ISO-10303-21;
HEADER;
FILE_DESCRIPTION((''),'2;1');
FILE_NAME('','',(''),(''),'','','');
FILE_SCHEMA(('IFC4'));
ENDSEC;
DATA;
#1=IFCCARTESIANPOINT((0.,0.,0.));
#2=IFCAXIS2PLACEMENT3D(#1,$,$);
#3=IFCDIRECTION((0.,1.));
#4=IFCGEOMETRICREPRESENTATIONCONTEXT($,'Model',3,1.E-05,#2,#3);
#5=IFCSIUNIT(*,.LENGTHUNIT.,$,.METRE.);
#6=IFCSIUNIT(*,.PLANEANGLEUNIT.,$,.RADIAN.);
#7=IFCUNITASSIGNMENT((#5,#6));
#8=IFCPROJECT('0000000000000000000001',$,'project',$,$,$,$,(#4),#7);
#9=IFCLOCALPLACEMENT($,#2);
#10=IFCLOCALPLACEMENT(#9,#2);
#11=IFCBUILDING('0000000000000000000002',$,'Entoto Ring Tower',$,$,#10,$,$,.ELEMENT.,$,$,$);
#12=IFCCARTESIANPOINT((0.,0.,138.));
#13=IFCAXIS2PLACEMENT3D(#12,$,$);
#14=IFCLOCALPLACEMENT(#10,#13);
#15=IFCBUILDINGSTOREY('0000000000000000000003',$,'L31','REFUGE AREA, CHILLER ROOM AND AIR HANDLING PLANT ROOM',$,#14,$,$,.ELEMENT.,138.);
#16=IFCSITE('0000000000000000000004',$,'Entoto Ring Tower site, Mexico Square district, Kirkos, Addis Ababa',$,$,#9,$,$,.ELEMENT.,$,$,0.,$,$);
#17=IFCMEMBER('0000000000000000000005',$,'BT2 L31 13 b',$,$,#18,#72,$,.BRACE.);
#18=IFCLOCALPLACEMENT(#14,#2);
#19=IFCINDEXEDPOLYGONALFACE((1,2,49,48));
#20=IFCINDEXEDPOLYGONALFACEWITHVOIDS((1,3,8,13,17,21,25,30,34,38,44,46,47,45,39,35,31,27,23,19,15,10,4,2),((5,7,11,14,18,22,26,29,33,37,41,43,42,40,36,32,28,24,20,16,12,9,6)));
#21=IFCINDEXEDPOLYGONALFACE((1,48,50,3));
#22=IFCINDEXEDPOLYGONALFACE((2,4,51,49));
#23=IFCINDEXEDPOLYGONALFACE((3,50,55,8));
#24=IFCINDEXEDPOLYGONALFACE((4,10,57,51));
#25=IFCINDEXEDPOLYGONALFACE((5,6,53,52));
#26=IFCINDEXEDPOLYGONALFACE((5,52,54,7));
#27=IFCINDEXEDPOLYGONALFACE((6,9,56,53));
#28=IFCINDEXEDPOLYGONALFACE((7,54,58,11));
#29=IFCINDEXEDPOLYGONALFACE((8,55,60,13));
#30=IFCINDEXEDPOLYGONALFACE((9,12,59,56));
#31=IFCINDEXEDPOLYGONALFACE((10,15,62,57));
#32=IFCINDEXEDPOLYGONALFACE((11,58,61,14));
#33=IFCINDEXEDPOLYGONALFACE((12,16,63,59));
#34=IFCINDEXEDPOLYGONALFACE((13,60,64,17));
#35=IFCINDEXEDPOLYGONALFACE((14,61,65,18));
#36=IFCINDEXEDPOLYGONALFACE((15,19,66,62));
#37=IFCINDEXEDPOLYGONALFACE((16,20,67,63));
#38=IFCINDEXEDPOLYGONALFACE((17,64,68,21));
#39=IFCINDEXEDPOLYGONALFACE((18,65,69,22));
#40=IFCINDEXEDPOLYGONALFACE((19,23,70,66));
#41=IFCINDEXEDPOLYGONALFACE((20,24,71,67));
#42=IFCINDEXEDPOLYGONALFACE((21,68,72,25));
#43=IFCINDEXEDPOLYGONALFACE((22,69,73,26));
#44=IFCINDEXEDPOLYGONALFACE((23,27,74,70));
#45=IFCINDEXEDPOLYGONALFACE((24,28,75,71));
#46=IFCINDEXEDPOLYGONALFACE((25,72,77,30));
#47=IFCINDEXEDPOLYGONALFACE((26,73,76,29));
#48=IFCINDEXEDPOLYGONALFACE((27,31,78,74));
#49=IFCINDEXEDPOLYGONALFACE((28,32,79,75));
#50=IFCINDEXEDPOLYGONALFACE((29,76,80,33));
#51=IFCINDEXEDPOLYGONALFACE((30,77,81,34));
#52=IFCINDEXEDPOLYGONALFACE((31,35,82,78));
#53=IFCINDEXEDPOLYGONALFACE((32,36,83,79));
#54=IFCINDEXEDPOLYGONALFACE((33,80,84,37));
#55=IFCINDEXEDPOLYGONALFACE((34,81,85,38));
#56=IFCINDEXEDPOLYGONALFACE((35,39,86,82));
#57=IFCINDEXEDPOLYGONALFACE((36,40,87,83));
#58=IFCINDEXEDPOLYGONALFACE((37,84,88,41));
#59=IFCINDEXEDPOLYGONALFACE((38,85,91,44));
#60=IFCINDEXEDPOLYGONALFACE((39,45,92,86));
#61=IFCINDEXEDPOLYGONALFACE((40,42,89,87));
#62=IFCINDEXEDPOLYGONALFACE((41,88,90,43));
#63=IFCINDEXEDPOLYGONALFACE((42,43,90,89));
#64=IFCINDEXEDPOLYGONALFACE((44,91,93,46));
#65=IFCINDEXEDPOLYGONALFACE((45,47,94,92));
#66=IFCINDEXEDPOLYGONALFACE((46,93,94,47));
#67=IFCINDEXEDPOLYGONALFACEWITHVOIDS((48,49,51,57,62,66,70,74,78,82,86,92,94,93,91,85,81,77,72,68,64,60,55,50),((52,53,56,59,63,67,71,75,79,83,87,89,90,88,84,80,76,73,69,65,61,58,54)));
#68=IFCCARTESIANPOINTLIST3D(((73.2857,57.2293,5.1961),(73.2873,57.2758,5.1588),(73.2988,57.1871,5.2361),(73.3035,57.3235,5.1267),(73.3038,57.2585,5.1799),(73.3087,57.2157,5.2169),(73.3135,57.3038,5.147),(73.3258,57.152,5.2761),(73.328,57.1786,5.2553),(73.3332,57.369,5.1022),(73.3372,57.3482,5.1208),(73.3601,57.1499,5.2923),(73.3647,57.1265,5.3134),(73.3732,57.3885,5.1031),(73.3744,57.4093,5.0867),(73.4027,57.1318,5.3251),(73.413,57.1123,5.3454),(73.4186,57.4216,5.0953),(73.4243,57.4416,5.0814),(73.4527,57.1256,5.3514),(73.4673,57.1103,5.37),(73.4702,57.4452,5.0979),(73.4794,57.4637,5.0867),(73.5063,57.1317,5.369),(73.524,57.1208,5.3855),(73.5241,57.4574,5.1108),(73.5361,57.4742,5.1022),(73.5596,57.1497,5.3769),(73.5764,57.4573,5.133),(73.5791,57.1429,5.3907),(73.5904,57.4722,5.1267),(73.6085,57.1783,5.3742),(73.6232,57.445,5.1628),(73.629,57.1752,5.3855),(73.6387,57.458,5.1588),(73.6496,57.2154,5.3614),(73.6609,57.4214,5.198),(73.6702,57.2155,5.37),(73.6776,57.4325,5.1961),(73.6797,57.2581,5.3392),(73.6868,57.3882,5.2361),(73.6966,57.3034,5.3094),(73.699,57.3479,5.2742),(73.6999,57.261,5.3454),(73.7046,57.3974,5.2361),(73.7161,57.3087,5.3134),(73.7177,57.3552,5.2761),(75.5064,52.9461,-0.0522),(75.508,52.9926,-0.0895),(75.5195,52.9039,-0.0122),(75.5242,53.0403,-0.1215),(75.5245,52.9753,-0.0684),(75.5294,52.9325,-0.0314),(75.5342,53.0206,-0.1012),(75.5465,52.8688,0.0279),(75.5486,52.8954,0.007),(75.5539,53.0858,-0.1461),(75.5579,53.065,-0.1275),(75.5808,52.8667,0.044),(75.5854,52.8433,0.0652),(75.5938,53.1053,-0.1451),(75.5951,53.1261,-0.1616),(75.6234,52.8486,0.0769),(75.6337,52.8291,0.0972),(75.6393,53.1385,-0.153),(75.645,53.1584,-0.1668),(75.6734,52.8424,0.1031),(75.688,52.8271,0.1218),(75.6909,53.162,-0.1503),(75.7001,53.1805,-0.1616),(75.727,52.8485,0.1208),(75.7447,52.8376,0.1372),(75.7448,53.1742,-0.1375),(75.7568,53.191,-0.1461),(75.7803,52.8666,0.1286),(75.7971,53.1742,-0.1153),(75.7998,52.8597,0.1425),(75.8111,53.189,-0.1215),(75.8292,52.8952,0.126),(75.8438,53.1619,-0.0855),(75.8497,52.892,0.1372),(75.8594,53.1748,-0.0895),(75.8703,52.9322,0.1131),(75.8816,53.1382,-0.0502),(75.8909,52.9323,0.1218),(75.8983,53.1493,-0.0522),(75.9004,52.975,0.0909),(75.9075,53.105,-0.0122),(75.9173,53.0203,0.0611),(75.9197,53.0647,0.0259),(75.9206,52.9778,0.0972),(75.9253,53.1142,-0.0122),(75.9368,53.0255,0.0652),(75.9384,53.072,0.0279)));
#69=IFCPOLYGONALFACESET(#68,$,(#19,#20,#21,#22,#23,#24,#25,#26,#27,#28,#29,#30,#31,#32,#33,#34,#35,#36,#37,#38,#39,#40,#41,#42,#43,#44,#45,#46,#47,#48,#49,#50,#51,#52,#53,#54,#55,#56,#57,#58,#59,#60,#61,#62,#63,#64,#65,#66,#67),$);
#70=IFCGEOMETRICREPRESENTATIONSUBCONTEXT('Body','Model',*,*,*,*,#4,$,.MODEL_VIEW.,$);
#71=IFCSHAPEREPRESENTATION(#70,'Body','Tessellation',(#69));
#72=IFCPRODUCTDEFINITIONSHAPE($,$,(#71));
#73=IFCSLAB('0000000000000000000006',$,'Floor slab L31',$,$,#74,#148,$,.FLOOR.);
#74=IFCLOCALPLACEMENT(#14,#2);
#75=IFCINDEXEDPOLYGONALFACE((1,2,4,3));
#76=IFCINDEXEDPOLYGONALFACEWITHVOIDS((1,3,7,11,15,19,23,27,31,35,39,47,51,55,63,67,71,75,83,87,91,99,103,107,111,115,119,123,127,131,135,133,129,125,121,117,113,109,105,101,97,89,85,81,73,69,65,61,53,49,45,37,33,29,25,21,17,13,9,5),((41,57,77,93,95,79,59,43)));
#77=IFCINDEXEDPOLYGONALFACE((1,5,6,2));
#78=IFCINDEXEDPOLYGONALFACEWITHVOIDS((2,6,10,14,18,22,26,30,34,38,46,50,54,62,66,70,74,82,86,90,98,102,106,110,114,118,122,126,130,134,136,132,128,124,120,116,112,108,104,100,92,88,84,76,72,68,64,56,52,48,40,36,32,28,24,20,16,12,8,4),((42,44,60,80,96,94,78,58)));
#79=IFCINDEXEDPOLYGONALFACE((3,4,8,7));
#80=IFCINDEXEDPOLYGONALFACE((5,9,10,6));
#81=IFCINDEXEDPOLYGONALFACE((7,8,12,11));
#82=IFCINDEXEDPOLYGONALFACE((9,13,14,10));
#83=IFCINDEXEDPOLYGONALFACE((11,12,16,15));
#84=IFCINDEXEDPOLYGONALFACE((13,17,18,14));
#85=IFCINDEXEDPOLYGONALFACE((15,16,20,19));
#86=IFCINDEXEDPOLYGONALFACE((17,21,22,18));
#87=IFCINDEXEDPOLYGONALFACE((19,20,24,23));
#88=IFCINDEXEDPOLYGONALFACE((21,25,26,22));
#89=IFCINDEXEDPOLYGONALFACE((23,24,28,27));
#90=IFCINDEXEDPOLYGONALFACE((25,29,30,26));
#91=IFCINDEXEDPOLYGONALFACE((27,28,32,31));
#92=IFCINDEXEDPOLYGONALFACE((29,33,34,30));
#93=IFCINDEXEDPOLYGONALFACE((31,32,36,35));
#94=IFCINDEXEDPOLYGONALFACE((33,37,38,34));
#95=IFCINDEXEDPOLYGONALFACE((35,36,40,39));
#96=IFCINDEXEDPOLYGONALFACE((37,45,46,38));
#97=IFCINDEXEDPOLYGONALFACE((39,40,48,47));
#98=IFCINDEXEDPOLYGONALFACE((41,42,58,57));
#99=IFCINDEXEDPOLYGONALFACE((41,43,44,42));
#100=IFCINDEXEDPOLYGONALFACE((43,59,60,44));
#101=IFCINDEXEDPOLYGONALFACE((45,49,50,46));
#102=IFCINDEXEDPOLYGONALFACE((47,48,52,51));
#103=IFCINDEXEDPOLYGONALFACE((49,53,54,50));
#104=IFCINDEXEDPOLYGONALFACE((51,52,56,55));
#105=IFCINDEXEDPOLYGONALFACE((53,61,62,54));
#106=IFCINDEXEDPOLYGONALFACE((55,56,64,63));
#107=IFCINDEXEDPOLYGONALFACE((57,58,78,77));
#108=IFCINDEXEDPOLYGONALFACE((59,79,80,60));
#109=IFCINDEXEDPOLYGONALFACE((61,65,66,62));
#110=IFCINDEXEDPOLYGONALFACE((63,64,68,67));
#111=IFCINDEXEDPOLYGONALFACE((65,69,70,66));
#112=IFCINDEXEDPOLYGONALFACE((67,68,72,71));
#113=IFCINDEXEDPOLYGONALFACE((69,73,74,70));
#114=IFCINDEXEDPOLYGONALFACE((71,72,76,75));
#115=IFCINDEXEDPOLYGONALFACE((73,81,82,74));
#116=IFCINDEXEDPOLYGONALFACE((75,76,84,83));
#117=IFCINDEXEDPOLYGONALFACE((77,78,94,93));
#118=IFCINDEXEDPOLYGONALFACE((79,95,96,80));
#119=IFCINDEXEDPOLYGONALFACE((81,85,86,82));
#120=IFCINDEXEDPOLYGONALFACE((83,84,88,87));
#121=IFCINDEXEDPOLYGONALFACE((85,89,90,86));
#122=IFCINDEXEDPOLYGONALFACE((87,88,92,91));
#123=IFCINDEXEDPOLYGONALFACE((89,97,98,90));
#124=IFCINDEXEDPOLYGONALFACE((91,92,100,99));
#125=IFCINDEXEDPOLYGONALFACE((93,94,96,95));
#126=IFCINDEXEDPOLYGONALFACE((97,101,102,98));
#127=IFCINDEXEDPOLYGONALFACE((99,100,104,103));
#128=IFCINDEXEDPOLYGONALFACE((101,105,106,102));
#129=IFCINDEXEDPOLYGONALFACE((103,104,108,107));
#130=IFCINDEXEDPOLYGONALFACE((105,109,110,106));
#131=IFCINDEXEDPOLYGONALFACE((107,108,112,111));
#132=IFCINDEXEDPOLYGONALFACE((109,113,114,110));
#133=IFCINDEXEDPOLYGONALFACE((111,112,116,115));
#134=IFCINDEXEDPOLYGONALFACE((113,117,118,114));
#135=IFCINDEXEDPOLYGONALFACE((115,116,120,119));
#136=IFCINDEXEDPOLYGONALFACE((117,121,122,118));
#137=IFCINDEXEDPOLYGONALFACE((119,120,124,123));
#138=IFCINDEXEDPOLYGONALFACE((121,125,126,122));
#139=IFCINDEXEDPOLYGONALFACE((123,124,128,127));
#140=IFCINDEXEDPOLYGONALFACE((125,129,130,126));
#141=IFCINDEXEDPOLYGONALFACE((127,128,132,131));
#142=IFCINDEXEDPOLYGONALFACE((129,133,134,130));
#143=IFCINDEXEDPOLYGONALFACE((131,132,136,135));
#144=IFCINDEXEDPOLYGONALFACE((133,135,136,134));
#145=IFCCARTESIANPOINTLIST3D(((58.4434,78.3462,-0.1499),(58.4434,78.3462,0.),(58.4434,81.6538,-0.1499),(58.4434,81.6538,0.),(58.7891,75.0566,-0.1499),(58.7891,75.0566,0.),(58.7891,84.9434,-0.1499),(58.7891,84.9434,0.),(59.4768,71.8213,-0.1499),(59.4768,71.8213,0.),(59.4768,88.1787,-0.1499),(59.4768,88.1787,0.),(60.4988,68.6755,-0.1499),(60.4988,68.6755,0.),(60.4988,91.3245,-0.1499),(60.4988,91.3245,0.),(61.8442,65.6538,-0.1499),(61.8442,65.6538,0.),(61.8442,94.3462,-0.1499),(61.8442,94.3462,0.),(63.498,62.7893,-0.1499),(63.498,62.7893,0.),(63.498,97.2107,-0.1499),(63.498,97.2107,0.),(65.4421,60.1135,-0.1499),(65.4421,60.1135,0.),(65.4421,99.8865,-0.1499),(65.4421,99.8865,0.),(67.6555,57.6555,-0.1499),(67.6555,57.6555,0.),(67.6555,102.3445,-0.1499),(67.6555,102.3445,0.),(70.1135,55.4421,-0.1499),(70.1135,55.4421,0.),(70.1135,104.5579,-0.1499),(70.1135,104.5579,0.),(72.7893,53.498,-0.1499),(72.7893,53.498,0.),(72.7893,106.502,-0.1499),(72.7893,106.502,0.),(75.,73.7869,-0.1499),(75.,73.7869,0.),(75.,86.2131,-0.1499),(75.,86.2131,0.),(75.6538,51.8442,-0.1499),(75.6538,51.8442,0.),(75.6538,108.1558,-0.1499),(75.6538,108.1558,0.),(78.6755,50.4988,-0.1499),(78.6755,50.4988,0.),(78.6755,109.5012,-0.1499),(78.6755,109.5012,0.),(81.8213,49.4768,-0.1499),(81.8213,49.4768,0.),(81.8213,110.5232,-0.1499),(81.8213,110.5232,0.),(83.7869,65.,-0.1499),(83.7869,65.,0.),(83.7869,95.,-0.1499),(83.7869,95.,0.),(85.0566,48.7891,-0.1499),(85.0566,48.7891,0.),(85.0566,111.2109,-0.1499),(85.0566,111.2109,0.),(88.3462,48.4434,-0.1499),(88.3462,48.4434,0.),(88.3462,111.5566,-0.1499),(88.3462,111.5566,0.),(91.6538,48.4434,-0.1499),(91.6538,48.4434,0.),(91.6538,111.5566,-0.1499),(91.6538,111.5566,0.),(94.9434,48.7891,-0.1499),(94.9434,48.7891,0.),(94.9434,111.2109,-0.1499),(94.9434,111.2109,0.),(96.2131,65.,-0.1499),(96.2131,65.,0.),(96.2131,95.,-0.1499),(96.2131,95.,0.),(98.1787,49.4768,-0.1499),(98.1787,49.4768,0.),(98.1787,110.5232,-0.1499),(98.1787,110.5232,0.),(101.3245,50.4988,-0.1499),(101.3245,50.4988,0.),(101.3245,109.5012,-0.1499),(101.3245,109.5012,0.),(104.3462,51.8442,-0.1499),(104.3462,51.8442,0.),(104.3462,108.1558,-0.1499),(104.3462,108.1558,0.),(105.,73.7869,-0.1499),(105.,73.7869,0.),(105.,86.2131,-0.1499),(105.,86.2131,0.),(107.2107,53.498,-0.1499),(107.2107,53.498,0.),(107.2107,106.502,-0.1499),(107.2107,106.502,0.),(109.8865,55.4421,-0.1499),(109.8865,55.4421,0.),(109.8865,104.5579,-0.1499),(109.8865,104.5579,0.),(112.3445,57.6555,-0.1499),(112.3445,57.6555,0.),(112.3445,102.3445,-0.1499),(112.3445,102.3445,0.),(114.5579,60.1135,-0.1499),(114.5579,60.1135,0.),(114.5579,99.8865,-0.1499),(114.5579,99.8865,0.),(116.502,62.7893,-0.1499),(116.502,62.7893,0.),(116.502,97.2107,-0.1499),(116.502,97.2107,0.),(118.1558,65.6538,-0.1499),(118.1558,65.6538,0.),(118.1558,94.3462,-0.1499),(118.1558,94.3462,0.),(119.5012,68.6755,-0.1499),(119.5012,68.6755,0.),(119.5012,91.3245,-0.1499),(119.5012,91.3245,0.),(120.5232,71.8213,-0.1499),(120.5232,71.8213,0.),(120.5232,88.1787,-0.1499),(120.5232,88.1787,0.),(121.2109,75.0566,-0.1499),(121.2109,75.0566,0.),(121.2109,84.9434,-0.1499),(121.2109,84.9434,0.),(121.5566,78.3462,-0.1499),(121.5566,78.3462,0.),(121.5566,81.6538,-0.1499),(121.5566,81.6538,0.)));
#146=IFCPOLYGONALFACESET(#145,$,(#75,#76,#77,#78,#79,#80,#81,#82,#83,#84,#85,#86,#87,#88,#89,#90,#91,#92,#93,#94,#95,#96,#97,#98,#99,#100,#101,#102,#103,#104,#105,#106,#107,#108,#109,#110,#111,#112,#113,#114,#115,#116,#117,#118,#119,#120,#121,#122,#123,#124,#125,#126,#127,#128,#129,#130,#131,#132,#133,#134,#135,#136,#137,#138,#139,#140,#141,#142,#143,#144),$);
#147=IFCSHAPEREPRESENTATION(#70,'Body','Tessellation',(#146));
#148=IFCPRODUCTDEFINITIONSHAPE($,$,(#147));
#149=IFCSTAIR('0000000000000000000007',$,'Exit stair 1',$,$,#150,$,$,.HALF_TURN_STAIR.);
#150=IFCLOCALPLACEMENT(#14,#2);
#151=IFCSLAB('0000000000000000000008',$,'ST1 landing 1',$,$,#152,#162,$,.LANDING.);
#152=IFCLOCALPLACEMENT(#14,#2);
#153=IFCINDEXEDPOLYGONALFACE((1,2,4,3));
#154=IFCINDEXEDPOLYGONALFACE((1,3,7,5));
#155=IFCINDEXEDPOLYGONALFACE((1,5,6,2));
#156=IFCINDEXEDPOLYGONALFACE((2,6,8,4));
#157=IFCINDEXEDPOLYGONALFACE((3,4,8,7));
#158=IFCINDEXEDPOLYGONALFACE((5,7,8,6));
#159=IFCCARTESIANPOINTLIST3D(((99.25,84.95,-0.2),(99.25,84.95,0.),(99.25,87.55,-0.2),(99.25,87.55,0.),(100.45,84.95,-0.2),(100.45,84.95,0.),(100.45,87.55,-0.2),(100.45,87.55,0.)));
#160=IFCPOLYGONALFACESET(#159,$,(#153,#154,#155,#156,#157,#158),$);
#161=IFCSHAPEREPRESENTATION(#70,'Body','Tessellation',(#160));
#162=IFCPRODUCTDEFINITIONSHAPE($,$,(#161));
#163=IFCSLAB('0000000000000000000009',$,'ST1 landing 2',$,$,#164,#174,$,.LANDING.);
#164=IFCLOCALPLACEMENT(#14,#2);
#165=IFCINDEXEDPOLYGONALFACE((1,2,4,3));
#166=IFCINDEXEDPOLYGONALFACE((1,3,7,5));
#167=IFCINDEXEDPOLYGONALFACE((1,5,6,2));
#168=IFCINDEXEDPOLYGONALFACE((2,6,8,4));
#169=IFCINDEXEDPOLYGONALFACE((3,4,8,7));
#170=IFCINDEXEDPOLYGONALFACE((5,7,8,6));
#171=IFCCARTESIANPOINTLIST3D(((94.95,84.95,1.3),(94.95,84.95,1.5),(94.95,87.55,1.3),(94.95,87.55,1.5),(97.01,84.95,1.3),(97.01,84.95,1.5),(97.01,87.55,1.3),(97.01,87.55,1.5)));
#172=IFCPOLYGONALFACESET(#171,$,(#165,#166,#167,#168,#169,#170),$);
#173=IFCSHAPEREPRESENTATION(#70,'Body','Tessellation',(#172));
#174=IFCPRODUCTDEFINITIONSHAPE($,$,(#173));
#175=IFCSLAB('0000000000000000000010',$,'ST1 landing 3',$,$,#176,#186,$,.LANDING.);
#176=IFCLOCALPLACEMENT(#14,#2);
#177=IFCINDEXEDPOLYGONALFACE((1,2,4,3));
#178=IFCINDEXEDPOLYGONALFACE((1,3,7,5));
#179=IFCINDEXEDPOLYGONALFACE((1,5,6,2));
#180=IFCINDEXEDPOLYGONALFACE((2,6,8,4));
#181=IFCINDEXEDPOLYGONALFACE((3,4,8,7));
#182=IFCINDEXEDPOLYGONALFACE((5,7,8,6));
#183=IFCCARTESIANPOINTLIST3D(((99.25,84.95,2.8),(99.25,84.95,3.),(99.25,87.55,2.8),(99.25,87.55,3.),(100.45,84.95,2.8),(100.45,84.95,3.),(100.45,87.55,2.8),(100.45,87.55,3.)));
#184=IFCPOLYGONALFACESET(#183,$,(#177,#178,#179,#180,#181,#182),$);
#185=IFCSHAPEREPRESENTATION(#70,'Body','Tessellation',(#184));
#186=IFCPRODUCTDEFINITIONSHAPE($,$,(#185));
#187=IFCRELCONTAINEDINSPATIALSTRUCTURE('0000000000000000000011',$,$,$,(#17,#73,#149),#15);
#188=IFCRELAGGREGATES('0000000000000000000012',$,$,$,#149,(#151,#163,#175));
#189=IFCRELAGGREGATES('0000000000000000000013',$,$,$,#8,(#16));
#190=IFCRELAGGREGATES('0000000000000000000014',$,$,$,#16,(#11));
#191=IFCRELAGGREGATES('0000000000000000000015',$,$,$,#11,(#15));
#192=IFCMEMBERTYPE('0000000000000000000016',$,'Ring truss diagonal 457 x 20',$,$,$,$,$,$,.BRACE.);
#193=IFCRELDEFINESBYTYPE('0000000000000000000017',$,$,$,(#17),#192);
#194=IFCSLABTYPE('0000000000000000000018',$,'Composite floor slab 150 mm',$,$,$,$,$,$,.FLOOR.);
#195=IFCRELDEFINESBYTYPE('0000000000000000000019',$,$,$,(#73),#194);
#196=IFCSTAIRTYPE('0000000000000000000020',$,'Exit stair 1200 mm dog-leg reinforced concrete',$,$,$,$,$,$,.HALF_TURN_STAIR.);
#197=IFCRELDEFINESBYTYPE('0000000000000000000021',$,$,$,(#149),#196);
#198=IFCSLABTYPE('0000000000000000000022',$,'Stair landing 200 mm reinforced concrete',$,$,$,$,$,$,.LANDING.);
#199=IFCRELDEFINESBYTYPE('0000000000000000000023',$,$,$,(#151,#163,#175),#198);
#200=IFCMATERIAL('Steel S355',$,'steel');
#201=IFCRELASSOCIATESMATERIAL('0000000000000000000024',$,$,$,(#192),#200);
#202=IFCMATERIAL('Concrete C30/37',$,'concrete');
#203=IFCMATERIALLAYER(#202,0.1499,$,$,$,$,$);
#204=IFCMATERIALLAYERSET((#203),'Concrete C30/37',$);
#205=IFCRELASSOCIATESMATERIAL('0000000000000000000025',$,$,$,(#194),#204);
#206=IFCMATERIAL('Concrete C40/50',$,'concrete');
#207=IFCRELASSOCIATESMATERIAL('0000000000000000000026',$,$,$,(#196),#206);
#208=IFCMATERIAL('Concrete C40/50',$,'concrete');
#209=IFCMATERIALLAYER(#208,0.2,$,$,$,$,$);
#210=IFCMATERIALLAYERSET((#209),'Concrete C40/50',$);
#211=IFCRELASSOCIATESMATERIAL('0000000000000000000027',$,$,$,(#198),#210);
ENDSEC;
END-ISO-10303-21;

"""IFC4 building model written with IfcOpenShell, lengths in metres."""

from ifc_helpers import new_model, si_unit, direction, frame, origin, origin_2d, place, context, subcontext, project, spatial, polyline, circle, hollow_circle, outline, extrude, material, layer, layer_set, material_profile, profile_set, type_object, element, aggregate, save


model = new_model("IFC4")

# Units and contexts
model_context = context("Model", 3, precision=1e-05, world=origin(), true_north=direction((0.0, 1.0)))
body_context = subcontext(model_context, "Body", "Model", "MODEL_VIEW")
ifc_project = project(units=[si_unit("LENGTHUNIT", "METRE"), si_unit("PLANEANGLEUNIT", "RADIAN")], contexts=[model_context])

# Site, building, storey
site_placement = place(None, origin())
site = spatial("IfcSite", under=ifc_project, at=site_placement, Name="Entoto Ring Tower site, Mexico Square district, Kirkos, Addis Ababa", CompositionType="ELEMENT", RefElevation=0.0)
building_placement = place(site_placement, origin())
building = spatial("IfcBuilding", under=site, at=building_placement, Name="Entoto Ring Tower", CompositionType="ELEMENT")
storey_placement = place(building_placement, frame((0.0, 0.0, 138.0)))
storey = spatial("IfcBuildingStorey", under=building, at=storey_placement, Name="L31", Description="REFUGE AREA, CHILLER ROOM AND AIR HANDLING PLANT ROOM", CompositionType="ELEMENT", Elevation=138.0)

# Member
ifc_material_1 = material(Name="Steel S355", Category="steel")
ifc_material_profile_1 = material_profile(ifc_material_1, hollow_circle(Radius=0.2285, WallThickness=0.02, at=origin_2d()), Name="CHS 457 x 20")
ifc_material_2 = material(Name="Concrete C60/75", Category="concrete")
ifc_material_profile_2 = material_profile(ifc_material_2, circle(Radius=0.2085, at=origin_2d()), Name="Concrete C60/75 infill")
ifc_profile_set_1 = profile_set([ifc_material_profile_1, ifc_material_profile_2], Name="Steel S355")
member_type_1 = type_object("IfcMemberType", Name="Ring truss diagonal 457 x 20", PredefinedType="BRACE", material=ifc_profile_set_1)
member_1_placement = place(storey_placement, frame((73.5017, 57.2922, 5.2361), z_axis=(0.311505, -0.600818, -0.736194), x_axis=(0.887773, 0.460282, 0.0)))
element("IfcMember", 1, at=member_1_placement, inside=storey, type_object=member_type_1, Name="BT2 L31 13 b", PredefinedType="BRACE", context=body_context, shape_type="SweptSolid", body=[
    extrude(hollow_circle(Radius=0.2285, WallThickness=0.02, at=origin_2d()), origin(), (0.0, 0.0, 1.0), 7.1289),
])

# Slab
ifc_material_3 = material(Name="Concrete C30/37", Category="concrete")
ifc_layer_1 = layer(ifc_material_3, 0.1499)
ifc_layer_set_1 = layer_set([ifc_layer_1], Name="Concrete C30/37")
slab_type_1 = type_object("IfcSlabType", Name="Composite floor slab 150 mm", PredefinedType="FLOOR", material=ifc_layer_set_1)
slab_1_placement = place(storey_placement, frame((0.0, 0.0, -0.1499)))
element("IfcSlab", 2, at=slab_1_placement, inside=storey, type_object=slab_type_1, Name="Floor slab L31", PredefinedType="FLOOR", context=body_context, shape_type="SweptSolid", body=[
    extrude(outline(polyline([(121.2109, 84.9434), (120.5232, 88.1787), (119.5012, 91.3245), (118.1558, 94.3462), (116.502, 97.2107), (114.5579, 99.8865), (112.3445, 102.3445), (109.8865, 104.5579), (107.2107, 106.502), (104.3462, 108.1558), (101.3245, 109.5012), (98.1787, 110.5232), (94.9434, 111.2109), (91.6538, 111.5566), (88.3462, 111.5566), (85.0566, 111.2109), (81.8213, 110.5232), (78.6755, 109.5012), (75.6538, 108.1558), (72.7893, 106.502), (70.1135, 104.5579), (67.6555, 102.3445), (65.4421, 99.8865), (63.498, 97.2107), (61.8442, 94.3462), (60.4988, 91.3245), (59.4768, 88.1787), (58.7891, 84.9434), (58.4434, 81.6538), (58.4434, 78.3462), (58.7891, 75.0566), (59.4768, 71.8213), (60.4988, 68.6755), (61.8442, 65.6538), (63.498, 62.7893), (65.4421, 60.1135), (67.6555, 57.6555), (70.1135, 55.4421), (72.7893, 53.498), (75.6538, 51.8442), (78.6755, 50.4988), (81.8213, 49.4768), (85.0566, 48.7891), (88.3462, 48.4434), (91.6538, 48.4434), (94.9434, 48.7891), (98.1787, 49.4768), (101.3245, 50.4988), (104.3462, 51.8442), (107.2107, 53.498), (109.8865, 55.4421), (112.3445, 57.6555), (114.5579, 60.1135), (116.502, 62.7893), (118.1558, 65.6538), (119.5012, 68.6755), (120.5232, 71.8213), (121.2109, 75.0566), (121.5566, 78.3462), (121.5566, 81.6538), (121.2109, 84.9434)]), holes=[polyline([(105.0, 73.7869), (105.0, 86.2131), (96.2131, 95.0), (83.7869, 95.0), (75.0, 86.2131), (75.0, 73.7869), (83.7869, 65.0), (96.2131, 65.0), (105.0, 73.7869)])]), origin(), (0.0, 0.0, 1.0), 0.1499),
])

# Stair, slabs
ifc_material_4 = material(Name="Concrete C40/50", Category="concrete")
stair_type = type_object("IfcStairType", Name="Exit stair 1200 mm dog-leg reinforced concrete", PredefinedType="HALF_TURN_STAIR", material=ifc_material_4)
stair_1_placement = place(storey_placement, origin())
stair_1 = element("IfcStair", 3, at=stair_1_placement, inside=storey, type_object=stair_type, Name="Exit stair 1", PredefinedType="HALF_TURN_STAIR")
ifc_material_5 = material(Name="Concrete C40/50", Category="concrete")
ifc_layer_2 = layer(ifc_material_5, 0.2)
ifc_layer_set_2 = layer_set([ifc_layer_2], Name="Concrete C40/50")
slab_type_2 = type_object("IfcSlabType", Name="Stair landing 200 mm reinforced concrete", PredefinedType="LANDING", material=ifc_layer_set_2)
slab_2_placement = place(storey_placement, frame((0.0, 0.0, -0.2)))
slab_2 = element("IfcSlab", 4, at=slab_2_placement, type_object=slab_type_2, Name="ST1 landing 1", PredefinedType="LANDING", context=body_context, shape_type="SweptSolid", body=[
    extrude(outline(polyline([(100.45, 84.95), (100.45, 87.55), (99.25, 87.55), (99.25, 84.95), (100.45, 84.95)])), origin(), (0.0, 0.0, 1.0), 0.2),
])
slab_3_placement = place(storey_placement, frame((0.0, 0.0, 1.3)))
slab_3 = element("IfcSlab", 5, at=slab_3_placement, type_object=slab_type_2, Name="ST1 landing 2", PredefinedType="LANDING", context=body_context, shape_type="SweptSolid", body=[
    extrude(outline(polyline([(94.95, 84.95), (97.01, 84.95), (97.01, 87.55), (94.95, 87.55), (94.95, 84.95)])), origin(), (0.0, 0.0, 1.0), 0.2),
])
slab_4_placement = place(storey_placement, frame((0.0, 0.0, 2.8)))
slab_4 = element("IfcSlab", 6, at=slab_4_placement, type_object=slab_type_2, Name="ST1 landing 3", PredefinedType="LANDING", context=body_context, shape_type="SweptSolid", body=[
    extrude(outline(polyline([(99.25, 84.95), (100.45, 84.95), (100.45, 87.55), (99.25, 87.55), (99.25, 84.95)])), origin(), (0.0, 0.0, 1.0), 0.2),
])
aggregate(stair_1, [slab_2, slab_3, slab_4])

save(model, "model.ifc")
